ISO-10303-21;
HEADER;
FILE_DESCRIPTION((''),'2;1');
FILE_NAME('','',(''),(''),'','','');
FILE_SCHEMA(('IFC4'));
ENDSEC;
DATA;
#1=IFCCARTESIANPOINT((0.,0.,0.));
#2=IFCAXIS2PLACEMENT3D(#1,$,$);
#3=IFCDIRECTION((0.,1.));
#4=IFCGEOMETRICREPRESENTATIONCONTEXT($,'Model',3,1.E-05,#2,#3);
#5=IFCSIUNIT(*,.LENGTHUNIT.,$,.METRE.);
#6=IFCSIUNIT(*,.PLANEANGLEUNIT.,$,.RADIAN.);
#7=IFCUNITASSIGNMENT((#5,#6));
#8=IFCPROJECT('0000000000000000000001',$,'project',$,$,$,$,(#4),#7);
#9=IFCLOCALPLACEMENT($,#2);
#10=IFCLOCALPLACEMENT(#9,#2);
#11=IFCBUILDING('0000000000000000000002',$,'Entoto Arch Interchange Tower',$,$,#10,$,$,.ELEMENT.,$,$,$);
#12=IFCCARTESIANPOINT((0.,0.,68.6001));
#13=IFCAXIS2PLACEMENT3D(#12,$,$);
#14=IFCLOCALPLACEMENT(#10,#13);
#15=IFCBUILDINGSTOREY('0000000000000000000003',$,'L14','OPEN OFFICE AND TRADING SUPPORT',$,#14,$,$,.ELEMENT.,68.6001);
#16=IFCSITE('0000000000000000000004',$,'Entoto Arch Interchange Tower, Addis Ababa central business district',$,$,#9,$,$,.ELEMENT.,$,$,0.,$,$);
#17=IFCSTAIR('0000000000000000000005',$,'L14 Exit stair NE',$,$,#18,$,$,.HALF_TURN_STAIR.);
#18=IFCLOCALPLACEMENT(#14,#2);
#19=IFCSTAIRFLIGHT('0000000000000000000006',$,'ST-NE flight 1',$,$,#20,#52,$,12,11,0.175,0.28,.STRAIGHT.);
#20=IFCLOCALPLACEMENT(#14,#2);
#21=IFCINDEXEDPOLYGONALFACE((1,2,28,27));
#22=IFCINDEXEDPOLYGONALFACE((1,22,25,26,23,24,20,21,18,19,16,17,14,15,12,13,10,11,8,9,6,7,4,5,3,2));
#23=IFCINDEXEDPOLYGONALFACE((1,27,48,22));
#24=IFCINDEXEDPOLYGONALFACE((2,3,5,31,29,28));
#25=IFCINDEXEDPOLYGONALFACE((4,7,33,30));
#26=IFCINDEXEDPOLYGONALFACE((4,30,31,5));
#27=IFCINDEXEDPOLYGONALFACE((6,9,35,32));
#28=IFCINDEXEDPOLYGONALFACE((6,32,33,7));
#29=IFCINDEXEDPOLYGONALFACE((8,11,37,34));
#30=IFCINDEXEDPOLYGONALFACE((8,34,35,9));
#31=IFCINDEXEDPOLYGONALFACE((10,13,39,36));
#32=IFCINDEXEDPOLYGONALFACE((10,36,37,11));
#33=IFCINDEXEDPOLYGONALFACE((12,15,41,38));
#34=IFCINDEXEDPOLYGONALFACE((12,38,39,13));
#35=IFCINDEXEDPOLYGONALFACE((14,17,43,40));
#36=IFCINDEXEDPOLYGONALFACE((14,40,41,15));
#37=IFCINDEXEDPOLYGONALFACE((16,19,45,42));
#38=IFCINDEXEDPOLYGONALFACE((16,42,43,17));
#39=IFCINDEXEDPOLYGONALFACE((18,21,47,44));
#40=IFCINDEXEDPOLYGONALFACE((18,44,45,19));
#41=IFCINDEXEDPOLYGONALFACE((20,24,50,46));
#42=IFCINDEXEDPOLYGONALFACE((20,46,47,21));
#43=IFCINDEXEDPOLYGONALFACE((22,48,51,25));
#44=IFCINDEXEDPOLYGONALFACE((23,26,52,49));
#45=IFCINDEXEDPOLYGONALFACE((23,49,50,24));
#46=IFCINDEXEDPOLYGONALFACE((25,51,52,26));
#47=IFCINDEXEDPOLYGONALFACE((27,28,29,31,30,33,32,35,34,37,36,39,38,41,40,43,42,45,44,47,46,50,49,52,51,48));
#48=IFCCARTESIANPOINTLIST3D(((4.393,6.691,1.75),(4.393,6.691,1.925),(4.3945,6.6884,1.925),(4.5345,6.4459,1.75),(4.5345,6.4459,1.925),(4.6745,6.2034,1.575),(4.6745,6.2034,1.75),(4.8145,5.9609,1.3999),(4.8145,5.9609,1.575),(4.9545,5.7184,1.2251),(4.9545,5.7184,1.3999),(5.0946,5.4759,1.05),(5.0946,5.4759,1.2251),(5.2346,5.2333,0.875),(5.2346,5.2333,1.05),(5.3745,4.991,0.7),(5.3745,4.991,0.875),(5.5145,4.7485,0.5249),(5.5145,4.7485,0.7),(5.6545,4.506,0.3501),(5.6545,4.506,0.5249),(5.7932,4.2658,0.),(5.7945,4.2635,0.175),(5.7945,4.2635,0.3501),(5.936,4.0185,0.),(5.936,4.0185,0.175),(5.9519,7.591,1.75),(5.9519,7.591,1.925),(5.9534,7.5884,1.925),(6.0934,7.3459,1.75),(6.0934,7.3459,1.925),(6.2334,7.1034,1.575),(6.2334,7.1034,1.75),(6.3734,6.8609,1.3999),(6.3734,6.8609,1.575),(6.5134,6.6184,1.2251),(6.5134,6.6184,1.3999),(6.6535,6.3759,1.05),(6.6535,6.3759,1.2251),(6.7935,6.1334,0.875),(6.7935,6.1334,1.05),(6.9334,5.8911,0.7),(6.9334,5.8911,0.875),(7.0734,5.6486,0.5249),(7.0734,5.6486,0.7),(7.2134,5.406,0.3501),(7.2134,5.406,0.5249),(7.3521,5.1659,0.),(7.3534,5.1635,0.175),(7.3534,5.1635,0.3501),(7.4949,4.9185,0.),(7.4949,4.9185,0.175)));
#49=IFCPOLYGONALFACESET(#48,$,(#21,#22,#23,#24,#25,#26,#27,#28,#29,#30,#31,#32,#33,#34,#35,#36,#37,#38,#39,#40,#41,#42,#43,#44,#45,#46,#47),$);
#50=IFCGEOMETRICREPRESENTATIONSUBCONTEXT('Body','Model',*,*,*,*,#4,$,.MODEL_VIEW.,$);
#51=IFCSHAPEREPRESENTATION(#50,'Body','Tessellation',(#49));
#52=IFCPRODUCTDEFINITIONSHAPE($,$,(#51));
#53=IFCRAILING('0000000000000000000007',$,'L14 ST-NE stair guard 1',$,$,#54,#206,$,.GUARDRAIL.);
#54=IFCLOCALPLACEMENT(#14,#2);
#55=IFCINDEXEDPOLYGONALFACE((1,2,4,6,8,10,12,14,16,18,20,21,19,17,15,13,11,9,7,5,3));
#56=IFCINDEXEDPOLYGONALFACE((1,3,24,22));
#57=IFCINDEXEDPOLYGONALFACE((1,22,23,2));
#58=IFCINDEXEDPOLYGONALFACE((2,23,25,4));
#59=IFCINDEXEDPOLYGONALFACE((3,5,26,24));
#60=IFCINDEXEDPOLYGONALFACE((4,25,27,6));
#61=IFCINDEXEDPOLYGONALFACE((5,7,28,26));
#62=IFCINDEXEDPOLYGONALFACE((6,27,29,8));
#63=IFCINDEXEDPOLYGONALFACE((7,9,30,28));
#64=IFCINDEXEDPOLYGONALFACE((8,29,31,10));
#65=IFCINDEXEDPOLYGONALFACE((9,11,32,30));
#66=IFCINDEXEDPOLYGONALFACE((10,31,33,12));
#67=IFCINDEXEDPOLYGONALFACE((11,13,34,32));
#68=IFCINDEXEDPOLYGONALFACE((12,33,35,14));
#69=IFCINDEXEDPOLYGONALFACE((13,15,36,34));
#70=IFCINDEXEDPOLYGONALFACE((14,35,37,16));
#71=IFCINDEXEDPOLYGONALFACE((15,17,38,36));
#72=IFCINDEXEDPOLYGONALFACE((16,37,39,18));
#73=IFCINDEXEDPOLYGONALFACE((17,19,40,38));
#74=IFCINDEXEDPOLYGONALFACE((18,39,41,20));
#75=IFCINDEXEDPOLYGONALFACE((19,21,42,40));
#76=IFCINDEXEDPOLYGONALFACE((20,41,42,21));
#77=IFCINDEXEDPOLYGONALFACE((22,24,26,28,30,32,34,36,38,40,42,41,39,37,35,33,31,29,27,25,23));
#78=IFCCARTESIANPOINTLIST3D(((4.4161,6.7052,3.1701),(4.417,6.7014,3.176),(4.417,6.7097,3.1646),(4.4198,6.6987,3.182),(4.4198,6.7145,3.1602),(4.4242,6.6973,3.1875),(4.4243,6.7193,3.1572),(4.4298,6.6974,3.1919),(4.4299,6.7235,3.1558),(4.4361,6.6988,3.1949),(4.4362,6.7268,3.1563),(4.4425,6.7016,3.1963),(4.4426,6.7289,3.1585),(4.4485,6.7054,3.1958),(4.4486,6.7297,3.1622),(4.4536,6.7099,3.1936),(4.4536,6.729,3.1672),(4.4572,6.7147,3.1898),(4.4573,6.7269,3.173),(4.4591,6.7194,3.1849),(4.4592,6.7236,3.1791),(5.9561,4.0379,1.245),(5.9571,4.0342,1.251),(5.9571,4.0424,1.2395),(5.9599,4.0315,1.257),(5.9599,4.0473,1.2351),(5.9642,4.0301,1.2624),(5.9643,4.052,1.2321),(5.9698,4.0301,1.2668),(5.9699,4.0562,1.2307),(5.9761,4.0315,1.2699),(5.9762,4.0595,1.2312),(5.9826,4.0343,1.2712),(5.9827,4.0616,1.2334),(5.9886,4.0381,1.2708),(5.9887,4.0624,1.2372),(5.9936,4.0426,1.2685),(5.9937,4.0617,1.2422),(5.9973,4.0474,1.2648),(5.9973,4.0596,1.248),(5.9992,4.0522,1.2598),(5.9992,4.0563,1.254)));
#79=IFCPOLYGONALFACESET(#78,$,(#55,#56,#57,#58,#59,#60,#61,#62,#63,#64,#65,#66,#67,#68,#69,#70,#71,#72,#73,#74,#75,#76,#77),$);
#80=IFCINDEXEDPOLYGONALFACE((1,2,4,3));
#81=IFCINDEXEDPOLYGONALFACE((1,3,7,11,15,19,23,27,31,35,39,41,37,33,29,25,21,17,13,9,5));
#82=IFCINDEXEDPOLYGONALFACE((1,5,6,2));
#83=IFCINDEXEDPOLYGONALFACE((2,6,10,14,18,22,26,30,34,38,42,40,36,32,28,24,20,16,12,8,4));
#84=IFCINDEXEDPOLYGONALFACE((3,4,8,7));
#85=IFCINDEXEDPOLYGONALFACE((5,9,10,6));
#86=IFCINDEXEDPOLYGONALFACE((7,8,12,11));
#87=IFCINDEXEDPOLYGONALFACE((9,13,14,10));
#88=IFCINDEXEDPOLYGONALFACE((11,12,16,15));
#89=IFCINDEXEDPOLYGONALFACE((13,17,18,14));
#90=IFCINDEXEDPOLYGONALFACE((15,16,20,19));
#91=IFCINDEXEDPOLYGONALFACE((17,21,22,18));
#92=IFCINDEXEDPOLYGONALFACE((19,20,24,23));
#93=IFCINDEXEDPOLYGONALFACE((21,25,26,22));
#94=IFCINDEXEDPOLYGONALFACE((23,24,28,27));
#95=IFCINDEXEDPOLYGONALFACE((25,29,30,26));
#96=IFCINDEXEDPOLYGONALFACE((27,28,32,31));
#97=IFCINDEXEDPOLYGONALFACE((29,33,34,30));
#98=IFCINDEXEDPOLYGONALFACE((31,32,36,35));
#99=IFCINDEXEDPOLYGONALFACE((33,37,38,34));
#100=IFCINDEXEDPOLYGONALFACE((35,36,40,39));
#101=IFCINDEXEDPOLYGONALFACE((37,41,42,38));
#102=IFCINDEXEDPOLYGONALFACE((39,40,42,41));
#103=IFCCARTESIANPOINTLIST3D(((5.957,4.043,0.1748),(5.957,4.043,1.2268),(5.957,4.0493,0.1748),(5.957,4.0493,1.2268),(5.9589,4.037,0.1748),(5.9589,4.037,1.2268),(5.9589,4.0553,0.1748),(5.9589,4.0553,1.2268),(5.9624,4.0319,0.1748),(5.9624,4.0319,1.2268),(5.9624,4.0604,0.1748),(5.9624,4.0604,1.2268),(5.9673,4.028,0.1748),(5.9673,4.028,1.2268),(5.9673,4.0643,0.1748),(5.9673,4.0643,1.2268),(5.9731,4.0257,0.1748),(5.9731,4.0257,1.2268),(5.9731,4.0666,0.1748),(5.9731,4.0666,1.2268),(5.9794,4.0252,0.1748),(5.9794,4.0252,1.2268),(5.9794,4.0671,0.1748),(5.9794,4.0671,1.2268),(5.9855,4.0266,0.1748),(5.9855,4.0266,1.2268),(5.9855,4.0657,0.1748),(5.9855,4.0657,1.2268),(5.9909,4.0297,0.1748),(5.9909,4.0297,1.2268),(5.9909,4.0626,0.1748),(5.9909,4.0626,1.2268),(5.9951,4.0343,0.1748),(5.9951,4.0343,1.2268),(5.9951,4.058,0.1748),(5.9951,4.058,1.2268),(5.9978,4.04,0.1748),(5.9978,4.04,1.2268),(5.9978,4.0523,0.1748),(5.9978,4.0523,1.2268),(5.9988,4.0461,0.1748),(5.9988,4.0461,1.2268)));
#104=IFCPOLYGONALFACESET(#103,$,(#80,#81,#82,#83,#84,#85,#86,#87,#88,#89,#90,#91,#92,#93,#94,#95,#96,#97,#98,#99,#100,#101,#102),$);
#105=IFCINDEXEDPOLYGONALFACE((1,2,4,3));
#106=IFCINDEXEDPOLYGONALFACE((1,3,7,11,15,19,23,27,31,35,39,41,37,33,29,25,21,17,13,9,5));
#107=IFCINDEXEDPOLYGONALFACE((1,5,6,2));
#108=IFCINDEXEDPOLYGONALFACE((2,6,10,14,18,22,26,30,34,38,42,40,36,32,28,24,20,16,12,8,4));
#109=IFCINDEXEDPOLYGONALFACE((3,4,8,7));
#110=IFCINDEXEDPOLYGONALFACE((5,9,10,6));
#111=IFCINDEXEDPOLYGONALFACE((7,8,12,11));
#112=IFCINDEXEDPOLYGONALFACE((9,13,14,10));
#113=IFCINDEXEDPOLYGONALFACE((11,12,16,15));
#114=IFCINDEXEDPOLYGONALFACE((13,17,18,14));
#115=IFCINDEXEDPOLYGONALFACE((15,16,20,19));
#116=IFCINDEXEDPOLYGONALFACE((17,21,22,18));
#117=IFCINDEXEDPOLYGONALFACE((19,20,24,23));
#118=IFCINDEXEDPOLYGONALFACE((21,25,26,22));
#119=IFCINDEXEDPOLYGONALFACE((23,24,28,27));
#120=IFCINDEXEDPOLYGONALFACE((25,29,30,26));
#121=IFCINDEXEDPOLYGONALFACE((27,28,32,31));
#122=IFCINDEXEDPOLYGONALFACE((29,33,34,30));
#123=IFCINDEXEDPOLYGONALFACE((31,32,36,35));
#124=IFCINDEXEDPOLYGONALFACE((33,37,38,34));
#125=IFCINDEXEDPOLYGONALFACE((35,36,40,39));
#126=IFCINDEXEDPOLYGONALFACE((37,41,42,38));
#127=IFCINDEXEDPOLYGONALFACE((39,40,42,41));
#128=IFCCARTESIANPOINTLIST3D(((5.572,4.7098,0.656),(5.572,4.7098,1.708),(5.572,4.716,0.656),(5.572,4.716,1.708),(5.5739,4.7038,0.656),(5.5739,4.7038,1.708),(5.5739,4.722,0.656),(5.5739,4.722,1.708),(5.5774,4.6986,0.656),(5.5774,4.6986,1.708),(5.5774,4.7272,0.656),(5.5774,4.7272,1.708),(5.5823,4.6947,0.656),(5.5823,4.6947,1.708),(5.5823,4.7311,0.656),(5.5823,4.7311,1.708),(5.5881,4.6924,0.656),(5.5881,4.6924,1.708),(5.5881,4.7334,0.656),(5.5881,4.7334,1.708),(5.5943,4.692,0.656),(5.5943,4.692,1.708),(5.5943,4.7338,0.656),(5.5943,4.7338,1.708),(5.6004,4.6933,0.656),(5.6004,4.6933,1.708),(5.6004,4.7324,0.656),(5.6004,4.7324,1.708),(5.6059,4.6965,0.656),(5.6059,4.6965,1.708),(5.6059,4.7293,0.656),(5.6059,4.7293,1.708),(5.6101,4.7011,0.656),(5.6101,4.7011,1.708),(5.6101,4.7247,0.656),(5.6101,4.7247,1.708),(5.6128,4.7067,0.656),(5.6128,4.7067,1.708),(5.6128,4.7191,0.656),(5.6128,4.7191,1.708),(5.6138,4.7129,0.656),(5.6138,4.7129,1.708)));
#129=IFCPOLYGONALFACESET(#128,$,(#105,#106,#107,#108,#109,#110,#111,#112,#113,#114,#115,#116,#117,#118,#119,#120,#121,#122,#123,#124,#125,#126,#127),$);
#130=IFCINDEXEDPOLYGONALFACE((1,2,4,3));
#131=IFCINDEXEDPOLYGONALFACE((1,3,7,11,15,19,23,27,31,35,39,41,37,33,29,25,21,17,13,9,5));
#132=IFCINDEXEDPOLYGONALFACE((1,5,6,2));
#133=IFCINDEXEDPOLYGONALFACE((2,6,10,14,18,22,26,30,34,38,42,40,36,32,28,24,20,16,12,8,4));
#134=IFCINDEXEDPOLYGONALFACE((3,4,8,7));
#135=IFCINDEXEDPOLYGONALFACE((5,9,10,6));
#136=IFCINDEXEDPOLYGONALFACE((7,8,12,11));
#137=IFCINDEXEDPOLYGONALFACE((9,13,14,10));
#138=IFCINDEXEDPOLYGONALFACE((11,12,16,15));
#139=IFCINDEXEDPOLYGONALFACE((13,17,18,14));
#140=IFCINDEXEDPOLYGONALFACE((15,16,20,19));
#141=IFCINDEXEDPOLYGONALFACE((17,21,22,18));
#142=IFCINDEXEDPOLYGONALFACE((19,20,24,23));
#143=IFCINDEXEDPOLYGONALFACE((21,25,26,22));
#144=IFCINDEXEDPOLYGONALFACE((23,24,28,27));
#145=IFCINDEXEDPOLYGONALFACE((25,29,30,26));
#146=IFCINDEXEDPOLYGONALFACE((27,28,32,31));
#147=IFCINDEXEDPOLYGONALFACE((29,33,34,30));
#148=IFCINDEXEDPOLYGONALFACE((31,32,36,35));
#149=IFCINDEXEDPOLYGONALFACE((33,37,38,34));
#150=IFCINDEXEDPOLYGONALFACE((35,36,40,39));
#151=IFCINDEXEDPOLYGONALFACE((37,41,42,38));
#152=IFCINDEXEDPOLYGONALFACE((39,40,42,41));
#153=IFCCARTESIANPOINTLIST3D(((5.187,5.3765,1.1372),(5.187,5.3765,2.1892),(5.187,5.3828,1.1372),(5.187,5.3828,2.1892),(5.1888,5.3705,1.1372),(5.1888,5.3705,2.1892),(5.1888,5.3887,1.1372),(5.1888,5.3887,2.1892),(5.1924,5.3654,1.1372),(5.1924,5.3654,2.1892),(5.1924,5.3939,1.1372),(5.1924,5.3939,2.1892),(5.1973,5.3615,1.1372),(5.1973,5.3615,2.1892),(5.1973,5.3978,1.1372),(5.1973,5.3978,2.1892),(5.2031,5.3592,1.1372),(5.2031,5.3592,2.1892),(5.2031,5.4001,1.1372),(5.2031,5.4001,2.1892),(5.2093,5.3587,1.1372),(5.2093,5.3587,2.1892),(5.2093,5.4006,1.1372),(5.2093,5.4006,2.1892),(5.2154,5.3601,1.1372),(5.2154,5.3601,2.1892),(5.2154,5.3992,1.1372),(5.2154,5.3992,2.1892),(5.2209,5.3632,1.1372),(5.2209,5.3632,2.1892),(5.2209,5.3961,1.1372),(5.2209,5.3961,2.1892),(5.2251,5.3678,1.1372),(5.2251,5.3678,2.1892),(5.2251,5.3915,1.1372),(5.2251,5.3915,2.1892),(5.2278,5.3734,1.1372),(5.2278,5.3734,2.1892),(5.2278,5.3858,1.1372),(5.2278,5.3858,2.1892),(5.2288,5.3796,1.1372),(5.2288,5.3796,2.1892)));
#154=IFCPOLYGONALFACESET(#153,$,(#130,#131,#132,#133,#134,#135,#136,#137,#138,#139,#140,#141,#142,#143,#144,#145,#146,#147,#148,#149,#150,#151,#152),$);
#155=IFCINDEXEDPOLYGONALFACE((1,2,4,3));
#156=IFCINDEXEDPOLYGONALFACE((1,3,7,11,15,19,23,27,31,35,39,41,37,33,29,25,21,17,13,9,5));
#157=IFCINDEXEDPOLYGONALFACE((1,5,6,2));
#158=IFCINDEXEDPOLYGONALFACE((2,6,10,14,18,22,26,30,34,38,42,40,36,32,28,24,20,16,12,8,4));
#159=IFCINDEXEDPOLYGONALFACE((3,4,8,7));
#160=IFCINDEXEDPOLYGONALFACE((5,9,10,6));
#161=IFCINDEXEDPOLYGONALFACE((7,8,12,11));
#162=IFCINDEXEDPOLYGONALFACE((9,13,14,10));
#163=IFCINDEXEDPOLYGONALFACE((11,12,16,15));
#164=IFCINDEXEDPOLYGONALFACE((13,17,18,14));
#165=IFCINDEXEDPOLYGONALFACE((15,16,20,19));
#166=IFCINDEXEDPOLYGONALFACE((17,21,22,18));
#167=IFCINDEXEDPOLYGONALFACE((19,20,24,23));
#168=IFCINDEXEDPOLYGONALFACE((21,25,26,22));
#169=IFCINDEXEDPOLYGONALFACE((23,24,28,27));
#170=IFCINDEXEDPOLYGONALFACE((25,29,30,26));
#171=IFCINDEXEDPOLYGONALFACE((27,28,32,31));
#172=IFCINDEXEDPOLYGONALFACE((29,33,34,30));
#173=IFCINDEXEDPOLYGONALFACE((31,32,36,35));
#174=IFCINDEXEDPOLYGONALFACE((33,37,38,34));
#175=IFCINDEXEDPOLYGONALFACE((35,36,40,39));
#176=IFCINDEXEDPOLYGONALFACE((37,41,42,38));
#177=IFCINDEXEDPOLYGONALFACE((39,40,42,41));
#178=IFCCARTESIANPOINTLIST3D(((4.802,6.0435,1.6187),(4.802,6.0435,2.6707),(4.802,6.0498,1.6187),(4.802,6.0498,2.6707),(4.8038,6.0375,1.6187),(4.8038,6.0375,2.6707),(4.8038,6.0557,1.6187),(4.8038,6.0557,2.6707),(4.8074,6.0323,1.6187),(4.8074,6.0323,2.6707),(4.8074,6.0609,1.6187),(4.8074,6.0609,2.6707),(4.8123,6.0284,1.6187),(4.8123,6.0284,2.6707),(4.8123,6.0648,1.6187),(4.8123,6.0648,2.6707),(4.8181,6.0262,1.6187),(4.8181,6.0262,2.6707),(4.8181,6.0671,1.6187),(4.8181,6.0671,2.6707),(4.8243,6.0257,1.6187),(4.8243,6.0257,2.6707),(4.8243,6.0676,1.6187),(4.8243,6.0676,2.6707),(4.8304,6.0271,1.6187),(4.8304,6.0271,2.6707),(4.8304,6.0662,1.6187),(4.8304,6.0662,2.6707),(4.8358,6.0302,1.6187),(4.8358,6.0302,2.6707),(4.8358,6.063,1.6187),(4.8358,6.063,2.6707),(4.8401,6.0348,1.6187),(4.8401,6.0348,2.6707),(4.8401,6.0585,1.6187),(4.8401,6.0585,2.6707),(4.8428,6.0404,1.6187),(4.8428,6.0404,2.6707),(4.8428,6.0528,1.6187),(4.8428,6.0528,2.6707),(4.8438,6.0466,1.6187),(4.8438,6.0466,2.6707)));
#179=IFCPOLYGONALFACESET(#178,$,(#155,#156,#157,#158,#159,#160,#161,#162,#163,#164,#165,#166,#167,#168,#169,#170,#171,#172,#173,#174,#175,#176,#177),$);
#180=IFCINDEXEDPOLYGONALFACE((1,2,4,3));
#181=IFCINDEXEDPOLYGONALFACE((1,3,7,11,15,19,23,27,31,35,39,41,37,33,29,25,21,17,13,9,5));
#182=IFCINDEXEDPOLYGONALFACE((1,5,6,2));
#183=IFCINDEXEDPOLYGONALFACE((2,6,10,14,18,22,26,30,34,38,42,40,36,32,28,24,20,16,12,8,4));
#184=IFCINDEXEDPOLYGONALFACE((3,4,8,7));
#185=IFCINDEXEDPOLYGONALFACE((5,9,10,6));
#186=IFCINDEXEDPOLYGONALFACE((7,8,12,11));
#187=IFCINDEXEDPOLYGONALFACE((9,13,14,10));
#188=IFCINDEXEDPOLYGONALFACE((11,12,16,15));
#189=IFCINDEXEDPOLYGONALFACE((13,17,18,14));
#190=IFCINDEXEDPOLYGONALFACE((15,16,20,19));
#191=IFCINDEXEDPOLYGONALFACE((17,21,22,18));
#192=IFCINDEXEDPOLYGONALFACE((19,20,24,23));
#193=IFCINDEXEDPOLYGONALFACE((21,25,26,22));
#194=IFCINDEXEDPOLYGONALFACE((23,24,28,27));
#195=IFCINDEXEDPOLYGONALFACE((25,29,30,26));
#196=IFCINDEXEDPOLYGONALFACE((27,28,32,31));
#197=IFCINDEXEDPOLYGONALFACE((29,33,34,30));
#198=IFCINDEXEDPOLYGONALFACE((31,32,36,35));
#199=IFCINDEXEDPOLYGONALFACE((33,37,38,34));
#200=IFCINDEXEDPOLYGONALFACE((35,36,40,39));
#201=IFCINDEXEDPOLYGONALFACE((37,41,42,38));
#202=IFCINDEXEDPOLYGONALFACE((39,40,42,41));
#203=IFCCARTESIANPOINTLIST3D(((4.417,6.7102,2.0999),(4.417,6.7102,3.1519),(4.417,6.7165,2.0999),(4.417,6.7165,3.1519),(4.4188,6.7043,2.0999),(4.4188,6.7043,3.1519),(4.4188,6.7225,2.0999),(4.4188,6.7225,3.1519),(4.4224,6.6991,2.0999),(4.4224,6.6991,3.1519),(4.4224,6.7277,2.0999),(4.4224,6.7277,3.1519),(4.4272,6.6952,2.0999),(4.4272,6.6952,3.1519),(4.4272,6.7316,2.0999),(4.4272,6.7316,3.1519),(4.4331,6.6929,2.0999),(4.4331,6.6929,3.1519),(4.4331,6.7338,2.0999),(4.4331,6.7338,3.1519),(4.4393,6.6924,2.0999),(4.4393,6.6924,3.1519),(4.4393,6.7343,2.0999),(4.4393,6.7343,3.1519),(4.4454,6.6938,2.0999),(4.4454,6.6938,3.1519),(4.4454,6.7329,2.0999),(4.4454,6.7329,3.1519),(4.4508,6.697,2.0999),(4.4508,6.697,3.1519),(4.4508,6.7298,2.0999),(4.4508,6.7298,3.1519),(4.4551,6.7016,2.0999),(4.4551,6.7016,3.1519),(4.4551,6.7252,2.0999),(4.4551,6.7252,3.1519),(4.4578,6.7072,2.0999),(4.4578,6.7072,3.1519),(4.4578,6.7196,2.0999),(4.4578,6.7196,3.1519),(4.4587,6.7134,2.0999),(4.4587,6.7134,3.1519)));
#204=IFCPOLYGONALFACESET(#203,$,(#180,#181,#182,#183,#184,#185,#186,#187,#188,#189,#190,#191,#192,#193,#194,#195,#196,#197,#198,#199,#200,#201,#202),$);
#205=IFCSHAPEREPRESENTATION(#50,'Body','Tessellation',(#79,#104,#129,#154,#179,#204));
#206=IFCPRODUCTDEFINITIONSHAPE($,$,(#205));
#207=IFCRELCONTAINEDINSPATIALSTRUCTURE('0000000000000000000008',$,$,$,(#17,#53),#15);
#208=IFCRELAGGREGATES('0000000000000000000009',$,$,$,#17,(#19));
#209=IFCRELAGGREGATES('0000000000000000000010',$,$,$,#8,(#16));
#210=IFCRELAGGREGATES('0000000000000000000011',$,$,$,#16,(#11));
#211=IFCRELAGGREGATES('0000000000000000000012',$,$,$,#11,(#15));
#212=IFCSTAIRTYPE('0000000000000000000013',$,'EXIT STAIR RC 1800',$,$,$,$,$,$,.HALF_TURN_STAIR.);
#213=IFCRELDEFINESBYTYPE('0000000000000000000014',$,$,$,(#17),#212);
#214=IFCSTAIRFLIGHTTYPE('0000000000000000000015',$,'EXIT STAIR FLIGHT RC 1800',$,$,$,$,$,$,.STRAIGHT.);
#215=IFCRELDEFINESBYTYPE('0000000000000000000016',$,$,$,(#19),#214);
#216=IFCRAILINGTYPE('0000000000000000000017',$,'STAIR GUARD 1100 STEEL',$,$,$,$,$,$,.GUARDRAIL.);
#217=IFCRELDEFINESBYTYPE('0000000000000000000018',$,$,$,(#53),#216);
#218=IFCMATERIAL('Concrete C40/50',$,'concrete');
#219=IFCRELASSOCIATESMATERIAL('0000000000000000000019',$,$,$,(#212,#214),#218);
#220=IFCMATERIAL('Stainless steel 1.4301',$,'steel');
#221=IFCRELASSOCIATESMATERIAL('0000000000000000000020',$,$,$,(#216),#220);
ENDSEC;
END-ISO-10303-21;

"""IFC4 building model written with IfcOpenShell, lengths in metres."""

from ifc_helpers import new_model, si_unit, direction, frame, origin, origin_2d, place, context, subcontext, project, spatial, polyline, circle, outline, extrude, material, type_object, element, aggregate, save


model = new_model("IFC4")

# Units and contexts
model_context = context("Model", 3, precision=1e-05, world=origin(), true_north=direction((0.0, 1.0)))
body_context = subcontext(model_context, "Body", "Model", "MODEL_VIEW")
ifc_project = project(units=[si_unit("LENGTHUNIT", "METRE"), si_unit("PLANEANGLEUNIT", "RADIAN")], contexts=[model_context])

# Site, building, storey
site_placement = place(None, origin())
site = spatial("IfcSite", under=ifc_project, at=site_placement, Name="Entoto Arch Interchange Tower, Addis Ababa central business district", CompositionType="ELEMENT", RefElevation=0.0)
building_placement = place(site_placement, origin())
building = spatial("IfcBuilding", under=site, at=building_placement, Name="Entoto Arch Interchange Tower", CompositionType="ELEMENT")
storey_placement = place(building_placement, frame((0.0, 0.0, 68.6001)))
storey = spatial("IfcBuildingStorey", under=building, at=storey_placement, Name="L14", Description="OPEN OFFICE AND TRADING SUPPORT", CompositionType="ELEMENT", Elevation=68.6001)

# Shared definitions
ifc_material_1 = material(Name="Concrete C40/50", Category="concrete")

# Stair, stair flight
stair_type = type_object("IfcStairType", Name="EXIT STAIR RC 1800", PredefinedType="HALF_TURN_STAIR", material=ifc_material_1)
stair_placement = place(storey_placement, origin())
stair = element("IfcStair", 1, at=stair_placement, inside=storey, type_object=stair_type, Name="L14 Exit stair NE", PredefinedType="HALF_TURN_STAIR")
stair_flight_type = type_object("IfcStairFlightType", Name="EXIT STAIR FLIGHT RC 1800", PredefinedType="STRAIGHT", material=ifc_material_1)
stair_flight_placement = place(storey_placement, frame((6.7139, 4.4709, 0.0), z_axis=(0.0, 0.0, 1.0), x_axis=(-0.5, 0.866025, 0.0)))
stair_flight = element("IfcStairFlight", 2, at=stair_flight_placement, type_object=stair_flight_type, Name="ST-NE flight 1", NumberOfRisers=12, NumberOfTreads=11, PredefinedType="STRAIGHT", RiserHeight=0.175, TreadLength=0.28, context=body_context, shape_type="SweptSolid", body=[
    extrude(outline(polyline([(-0.0029, 0.0), (-0.0029, 0.175), (0.28, 0.175), (0.28, 0.3501), (0.5601, 0.3501), (0.5601, 0.5249), (0.8401, 0.5249), (0.8401, 0.7), (1.1201, 0.7), (1.1201, 0.875), (1.3999, 0.875), (1.3999, 1.05), (1.6799, 1.05), (1.6799, 1.2251), (1.96, 1.2251), (1.96, 1.3999), (2.24, 1.3999), (2.24, 1.575), (2.52, 1.575), (2.52, 1.75), (2.8, 1.75), (2.8, 1.925), (3.0801, 1.925), (3.083, 1.925), (3.083, 1.75), (0.2827, 0.0), (-0.0029, 0.0)])), frame((0.0, 0.8999, 0.0), z_axis=(0.0, -1.0, 0.0), x_axis=(1.0, 0.0, 0.0)), (0.0, 0.0, 1.0), 1.8),
])
aggregate(stair, [stair_flight])

# Railing
ifc_material_2 = material(Name="Stainless steel 1.4301", Category="steel")
railing_type_1 = type_object("IfcRailingType", Name="STAIR GUARD 1100 STEEL", PredefinedType="GUARDRAIL", material=ifc_material_2)
railing_1_placement = place(storey_placement, frame((5.9778, 4.0461, 0.1748)))
element("IfcRailing", 3, at=railing_1_placement, inside=storey, type_object=railing_type_1, Name="L14 ST-NE stair guard 1", PredefinedType="GUARDRAIL", context=body_context, shape_type="SweptSolid", body=[
    extrude(circle(Radius=0.0239, at=origin_2d()), frame((0.0, 0.0, 1.0762), z_axis=(-0.424015, 0.734364, 0.530019), x_axis=(-0.86601, -0.500027, 0.0)), (0.0, 0.0, 1.0), 3.6321),
    extrude(circle(Radius=0.021, at=origin_2d()), origin(), (0.0, 0.0, 1.0), 1.052),
    extrude(circle(Radius=0.021, at=origin_2d()), frame((-0.385, 0.6667, 0.4812)), (0.0, 0.0, 1.0), 1.052),
    extrude(circle(Radius=0.021, at=origin_2d()), frame((-0.77, 1.3335, 0.9624)), (0.0, 0.0, 1.0), 1.052),
    extrude(circle(Radius=0.021, at=origin_2d()), frame((-1.155, 2.0005, 1.4438)), (0.0, 0.0, 1.0), 1.052),
    extrude(circle(Radius=0.021, at=origin_2d()), frame((-1.54, 2.6672, 1.925)), (0.0, 0.0, 1.0), 1.052),
])

save(model, "model.ifc")
